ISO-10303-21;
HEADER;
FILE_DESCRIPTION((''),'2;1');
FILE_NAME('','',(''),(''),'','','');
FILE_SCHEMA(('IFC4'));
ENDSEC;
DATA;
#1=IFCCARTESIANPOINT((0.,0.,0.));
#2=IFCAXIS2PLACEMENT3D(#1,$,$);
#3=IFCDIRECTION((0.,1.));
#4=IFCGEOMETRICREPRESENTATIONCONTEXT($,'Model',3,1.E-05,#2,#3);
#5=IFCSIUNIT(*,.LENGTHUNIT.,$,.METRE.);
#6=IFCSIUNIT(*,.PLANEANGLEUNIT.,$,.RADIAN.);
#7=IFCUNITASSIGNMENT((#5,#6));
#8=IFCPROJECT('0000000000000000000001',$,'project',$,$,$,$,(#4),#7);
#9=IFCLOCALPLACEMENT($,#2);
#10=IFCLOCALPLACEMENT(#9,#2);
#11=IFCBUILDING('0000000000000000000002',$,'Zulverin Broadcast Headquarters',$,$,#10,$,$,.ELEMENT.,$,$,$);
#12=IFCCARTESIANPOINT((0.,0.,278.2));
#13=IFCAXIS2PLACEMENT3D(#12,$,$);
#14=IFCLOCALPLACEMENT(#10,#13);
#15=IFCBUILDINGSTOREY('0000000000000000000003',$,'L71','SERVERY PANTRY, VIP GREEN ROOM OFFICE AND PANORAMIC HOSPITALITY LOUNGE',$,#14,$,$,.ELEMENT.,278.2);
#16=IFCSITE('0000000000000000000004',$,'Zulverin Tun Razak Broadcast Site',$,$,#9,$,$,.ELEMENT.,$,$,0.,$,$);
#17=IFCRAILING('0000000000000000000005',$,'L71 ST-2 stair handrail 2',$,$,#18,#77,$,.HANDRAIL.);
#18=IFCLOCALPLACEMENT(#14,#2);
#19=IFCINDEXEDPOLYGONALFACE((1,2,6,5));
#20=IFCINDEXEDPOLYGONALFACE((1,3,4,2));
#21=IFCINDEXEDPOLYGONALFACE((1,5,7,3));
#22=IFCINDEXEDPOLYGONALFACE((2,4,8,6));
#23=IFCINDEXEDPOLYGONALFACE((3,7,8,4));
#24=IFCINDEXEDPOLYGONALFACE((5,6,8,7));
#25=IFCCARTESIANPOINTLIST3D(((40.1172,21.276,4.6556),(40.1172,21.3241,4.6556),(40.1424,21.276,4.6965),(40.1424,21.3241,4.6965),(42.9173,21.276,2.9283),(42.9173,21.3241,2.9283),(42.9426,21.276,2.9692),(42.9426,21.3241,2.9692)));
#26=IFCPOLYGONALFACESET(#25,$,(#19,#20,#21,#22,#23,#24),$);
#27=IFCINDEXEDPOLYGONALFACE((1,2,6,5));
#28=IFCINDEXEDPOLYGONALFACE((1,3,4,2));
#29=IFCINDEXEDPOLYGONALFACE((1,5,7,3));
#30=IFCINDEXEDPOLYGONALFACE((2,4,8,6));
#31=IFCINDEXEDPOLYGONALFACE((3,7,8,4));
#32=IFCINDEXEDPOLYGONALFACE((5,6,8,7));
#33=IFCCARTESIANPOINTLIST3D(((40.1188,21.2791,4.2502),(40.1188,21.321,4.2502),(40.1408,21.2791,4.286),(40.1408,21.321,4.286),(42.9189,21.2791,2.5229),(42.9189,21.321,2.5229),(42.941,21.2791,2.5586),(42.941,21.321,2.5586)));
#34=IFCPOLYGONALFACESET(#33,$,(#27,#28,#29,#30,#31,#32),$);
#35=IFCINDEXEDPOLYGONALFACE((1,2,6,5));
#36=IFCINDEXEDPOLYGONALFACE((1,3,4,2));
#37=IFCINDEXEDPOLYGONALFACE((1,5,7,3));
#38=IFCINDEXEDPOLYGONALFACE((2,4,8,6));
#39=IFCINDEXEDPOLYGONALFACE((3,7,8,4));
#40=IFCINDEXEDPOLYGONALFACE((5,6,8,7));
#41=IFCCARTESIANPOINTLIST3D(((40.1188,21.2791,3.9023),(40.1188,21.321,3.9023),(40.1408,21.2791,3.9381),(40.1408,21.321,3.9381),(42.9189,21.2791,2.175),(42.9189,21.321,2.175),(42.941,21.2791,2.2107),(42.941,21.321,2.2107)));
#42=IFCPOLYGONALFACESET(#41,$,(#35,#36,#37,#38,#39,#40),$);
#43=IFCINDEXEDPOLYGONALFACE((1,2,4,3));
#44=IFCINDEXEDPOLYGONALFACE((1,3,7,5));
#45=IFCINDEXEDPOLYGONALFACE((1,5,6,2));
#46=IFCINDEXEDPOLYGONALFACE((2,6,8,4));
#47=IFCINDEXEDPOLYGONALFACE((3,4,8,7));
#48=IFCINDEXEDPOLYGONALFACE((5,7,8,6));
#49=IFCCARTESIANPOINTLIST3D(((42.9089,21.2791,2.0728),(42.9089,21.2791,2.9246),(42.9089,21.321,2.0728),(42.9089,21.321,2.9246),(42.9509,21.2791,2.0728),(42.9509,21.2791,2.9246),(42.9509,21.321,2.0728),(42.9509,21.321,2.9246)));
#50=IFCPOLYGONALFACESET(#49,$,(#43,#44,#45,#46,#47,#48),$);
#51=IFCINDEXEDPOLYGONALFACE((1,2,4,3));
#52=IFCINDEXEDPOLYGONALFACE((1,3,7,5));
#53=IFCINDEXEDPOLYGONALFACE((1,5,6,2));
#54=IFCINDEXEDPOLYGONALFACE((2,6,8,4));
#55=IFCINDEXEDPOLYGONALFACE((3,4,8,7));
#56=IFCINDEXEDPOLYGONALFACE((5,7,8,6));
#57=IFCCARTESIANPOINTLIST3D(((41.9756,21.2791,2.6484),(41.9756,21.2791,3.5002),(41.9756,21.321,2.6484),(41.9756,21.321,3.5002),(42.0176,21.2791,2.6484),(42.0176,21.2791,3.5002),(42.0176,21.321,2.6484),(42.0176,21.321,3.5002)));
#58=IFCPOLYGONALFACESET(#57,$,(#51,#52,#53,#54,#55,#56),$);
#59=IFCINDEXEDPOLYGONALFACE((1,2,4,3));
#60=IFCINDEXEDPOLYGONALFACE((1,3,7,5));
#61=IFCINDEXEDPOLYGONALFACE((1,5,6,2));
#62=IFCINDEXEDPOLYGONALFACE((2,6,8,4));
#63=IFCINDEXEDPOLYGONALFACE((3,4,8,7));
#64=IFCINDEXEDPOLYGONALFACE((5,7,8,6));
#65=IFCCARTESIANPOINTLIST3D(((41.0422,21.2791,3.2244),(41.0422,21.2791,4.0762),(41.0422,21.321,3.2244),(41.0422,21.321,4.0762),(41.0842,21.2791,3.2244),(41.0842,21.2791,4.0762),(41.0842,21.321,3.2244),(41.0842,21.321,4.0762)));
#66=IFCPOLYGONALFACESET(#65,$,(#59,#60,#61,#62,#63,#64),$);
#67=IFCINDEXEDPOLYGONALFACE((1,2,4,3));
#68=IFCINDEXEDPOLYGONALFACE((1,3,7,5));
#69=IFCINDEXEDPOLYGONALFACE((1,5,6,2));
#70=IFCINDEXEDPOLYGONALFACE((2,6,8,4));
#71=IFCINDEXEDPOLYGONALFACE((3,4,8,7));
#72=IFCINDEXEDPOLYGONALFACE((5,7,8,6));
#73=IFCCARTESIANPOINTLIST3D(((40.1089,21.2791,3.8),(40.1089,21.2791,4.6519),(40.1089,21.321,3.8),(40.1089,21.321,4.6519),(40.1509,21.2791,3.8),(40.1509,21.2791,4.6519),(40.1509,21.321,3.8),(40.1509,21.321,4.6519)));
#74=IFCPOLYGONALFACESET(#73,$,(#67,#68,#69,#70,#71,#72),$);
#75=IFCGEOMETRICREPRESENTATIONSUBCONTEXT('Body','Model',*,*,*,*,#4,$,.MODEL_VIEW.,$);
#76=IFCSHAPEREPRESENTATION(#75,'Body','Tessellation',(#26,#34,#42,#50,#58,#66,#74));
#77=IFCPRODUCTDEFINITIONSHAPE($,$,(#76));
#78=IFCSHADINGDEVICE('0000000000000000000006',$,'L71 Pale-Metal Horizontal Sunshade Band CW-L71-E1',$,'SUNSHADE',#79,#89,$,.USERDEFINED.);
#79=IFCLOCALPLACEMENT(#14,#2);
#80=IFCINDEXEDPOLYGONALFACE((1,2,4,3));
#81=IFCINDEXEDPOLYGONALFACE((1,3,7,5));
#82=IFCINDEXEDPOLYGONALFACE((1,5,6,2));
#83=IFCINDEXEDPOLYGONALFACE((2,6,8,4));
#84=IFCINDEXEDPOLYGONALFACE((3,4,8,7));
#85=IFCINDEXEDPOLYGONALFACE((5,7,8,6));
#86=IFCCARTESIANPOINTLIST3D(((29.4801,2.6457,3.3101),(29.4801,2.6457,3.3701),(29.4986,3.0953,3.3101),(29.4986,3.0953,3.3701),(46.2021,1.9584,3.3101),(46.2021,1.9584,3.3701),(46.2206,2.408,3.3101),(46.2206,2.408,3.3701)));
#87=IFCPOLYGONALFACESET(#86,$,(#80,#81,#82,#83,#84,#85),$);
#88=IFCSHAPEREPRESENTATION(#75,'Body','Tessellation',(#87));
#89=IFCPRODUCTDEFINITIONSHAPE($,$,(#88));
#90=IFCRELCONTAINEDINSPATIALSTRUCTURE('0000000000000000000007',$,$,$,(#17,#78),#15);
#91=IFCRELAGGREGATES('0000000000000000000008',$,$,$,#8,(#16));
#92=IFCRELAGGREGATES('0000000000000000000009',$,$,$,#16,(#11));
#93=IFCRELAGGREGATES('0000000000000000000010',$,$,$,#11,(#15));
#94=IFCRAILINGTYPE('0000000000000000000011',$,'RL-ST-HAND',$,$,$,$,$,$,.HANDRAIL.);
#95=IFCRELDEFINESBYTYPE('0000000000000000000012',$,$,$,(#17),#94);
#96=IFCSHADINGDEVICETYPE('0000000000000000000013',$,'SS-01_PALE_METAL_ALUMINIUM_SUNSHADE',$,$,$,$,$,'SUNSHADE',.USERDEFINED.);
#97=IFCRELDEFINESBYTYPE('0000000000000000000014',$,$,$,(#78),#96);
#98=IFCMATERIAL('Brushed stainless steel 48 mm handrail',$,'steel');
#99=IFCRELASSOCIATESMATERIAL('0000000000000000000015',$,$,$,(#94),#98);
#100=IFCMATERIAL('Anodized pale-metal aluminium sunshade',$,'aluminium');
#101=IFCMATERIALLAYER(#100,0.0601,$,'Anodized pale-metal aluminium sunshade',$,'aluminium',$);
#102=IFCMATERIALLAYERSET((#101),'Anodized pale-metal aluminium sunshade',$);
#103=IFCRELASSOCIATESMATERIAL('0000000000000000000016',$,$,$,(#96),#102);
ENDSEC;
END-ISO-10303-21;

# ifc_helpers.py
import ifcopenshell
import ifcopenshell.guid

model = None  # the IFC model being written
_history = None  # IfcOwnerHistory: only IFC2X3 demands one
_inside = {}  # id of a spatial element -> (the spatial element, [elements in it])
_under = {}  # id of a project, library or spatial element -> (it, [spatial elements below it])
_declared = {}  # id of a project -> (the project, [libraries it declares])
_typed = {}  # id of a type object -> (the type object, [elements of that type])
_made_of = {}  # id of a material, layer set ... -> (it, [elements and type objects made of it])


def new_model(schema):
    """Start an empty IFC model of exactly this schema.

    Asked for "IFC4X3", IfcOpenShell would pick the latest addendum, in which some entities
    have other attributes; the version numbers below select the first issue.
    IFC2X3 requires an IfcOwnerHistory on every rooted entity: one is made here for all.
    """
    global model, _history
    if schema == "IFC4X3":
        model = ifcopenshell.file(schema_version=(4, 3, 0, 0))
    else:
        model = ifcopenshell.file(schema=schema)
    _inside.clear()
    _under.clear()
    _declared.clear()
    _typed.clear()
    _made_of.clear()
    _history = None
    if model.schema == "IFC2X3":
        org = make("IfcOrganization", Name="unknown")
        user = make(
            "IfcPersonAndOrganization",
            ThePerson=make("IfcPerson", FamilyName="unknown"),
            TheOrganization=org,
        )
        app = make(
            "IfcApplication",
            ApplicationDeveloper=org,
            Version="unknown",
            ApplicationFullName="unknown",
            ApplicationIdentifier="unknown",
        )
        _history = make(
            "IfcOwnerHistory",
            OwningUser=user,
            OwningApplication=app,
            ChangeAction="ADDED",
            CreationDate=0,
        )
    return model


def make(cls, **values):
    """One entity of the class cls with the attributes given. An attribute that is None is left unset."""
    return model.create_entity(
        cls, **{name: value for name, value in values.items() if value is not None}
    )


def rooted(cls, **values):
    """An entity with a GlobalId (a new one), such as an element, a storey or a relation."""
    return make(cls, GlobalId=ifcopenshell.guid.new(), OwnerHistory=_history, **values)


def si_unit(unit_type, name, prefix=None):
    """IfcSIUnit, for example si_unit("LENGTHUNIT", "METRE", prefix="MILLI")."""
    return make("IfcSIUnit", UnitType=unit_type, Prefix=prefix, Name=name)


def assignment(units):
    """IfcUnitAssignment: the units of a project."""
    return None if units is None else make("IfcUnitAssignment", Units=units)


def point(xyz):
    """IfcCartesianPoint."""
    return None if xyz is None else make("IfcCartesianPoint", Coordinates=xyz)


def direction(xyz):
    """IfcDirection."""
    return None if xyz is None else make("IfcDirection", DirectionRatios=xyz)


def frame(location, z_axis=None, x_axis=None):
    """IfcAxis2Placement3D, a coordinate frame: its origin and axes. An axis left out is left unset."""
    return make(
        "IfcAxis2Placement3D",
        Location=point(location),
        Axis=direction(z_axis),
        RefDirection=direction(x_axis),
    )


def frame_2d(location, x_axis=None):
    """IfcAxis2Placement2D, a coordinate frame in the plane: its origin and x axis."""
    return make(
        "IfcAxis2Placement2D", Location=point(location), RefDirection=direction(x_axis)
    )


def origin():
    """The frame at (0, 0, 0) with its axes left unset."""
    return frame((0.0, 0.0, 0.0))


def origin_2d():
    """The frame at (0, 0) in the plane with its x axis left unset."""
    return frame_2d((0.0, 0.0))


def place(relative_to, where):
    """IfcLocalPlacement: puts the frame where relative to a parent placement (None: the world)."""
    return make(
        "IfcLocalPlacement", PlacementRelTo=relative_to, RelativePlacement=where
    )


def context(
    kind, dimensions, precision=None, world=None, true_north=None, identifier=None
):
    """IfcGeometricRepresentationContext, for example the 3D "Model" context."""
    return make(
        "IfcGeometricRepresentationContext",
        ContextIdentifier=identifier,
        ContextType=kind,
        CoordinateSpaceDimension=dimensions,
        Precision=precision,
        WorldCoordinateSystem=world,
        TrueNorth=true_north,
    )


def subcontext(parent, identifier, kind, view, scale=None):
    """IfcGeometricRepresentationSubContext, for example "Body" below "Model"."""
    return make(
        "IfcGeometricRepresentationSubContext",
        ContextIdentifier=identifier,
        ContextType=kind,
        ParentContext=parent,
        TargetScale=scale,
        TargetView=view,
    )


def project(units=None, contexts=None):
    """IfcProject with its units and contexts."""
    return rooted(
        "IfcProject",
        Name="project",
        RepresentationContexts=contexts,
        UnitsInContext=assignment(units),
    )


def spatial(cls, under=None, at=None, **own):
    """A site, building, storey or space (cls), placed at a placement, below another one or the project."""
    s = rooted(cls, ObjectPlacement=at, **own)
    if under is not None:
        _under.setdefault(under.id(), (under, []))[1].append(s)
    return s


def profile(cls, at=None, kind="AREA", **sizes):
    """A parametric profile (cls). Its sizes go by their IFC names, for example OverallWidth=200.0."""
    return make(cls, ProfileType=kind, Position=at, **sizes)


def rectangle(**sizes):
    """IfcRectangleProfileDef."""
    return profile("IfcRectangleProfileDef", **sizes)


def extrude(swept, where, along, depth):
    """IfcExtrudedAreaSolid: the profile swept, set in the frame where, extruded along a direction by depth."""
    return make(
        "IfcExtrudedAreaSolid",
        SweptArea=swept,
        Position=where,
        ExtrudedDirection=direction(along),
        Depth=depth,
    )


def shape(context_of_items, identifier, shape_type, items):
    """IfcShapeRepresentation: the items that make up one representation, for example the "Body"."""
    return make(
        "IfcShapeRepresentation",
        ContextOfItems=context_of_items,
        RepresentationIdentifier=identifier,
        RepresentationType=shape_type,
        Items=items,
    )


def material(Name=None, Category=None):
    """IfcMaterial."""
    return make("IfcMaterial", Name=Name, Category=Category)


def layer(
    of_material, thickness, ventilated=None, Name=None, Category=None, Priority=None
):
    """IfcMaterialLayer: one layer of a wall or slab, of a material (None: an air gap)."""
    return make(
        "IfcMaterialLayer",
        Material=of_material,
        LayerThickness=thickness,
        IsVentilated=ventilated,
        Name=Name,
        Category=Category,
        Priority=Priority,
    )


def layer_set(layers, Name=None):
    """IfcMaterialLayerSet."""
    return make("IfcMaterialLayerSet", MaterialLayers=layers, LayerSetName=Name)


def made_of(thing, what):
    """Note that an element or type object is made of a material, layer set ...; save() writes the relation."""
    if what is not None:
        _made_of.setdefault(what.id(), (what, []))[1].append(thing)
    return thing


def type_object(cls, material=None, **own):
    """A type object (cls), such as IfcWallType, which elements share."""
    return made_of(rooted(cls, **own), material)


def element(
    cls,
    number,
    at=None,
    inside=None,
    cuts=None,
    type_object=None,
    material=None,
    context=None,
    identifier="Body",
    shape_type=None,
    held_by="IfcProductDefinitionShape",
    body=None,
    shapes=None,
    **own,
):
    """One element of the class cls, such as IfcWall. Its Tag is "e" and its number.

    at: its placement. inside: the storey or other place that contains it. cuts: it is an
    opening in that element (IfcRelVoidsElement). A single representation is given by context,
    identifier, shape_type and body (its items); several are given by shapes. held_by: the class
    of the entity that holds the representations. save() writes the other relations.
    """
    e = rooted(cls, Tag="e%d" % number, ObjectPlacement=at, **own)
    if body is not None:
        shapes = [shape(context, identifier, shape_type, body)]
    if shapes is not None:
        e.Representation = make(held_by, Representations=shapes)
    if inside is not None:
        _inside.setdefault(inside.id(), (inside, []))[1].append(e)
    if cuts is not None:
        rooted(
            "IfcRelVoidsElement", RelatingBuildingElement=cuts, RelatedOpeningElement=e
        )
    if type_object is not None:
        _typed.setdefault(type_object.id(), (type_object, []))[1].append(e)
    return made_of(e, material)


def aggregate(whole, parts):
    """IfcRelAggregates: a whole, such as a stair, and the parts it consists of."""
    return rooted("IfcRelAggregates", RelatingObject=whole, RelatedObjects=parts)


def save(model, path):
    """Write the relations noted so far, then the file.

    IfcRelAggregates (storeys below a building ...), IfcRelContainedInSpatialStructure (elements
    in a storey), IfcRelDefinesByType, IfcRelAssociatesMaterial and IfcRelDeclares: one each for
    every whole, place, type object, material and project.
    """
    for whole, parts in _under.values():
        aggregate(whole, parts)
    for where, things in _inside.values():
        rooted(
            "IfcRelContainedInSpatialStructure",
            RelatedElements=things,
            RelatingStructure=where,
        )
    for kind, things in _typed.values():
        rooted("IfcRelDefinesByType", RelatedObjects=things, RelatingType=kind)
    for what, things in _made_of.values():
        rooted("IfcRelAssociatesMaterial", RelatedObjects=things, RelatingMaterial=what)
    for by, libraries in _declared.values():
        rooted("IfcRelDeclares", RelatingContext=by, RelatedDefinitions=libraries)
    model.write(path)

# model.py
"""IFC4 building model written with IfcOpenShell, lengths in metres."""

from ifc_helpers import new_model, si_unit, direction, frame, origin, origin_2d, place, context, subcontext, project, spatial, rectangle, extrude, material, layer, layer_set, type_object, element, save


model = new_model("IFC4")

# Units and contexts
model_context = context("Model", 3, precision=1e-05, world=origin(), true_north=direction((0.0, 1.0)))
body_context = subcontext(model_context, "Body", "Model", "MODEL_VIEW")
ifc_project = project(units=[si_unit("LENGTHUNIT", "METRE"), si_unit("PLANEANGLEUNIT", "RADIAN")], contexts=[model_context])

# Site, building, storey
site_placement = place(None, origin())
site = spatial("IfcSite", under=ifc_project, at=site_placement, Name="Zulverin Tun Razak Broadcast Site", CompositionType="ELEMENT", RefElevation=0.0)
building_placement = place(site_placement, origin())
building = spatial("IfcBuilding", under=site, at=building_placement, Name="Zulverin Broadcast Headquarters", CompositionType="ELEMENT")
storey_placement = place(building_placement, frame((0.0, 0.0, 278.2)))
storey = spatial("IfcBuildingStorey", under=building, at=storey_placement, Name="L71", Description="SERVERY PANTRY, VIP GREEN ROOM OFFICE AND PANORAMIC HOSPITALITY LOUNGE", CompositionType="ELEMENT", Elevation=278.2)

# Railing
ifc_material_1 = material(Name="Brushed stainless steel 48 mm handrail", Category="steel")
railing_type_1 = type_object("IfcRailingType", Name="RL-ST-HAND", PredefinedType="HANDRAIL", material=ifc_material_1)
railing_1_placement = place(storey_placement, frame((42.9299, 21.3, 2.0728)))
element("IfcRailing", 1, at=railing_1_placement, inside=storey, type_object=railing_type_1, Name="L71 ST-2 stair handrail 2", PredefinedType="HANDRAIL", context=body_context, shape_type="SweptSolid", body=[
    extrude(rectangle(XDim=0.0481, YDim=0.0481, at=origin_2d()), frame((0.0, 0.0, 0.876), z_axis=(-0.85109, 0.0, 0.52502), x_axis=(0.0, -1.0, 0.0)), (0.0, 0.0, 1.0), 3.29),
    extrude(rectangle(XDim=0.042, YDim=0.042, at=origin_2d()), frame((0.0, 0.0, 0.468), z_axis=(-0.85109, 0.0, 0.52502), x_axis=(0.0, -1.0, 0.0)), (0.0, 0.0, 1.0), 3.29),
    extrude(rectangle(XDim=0.042, YDim=0.042, at=origin_2d()), frame((0.0, 0.0, 0.1201), z_axis=(-0.85109, 0.0, 0.52502), x_axis=(0.0, -1.0, 0.0)), (0.0, 0.0, 1.0), 3.29),
    extrude(rectangle(XDim=0.042, YDim=0.042, at=origin_2d()), origin(), (0.0, 0.0, 1.0), 0.8518),
    extrude(rectangle(XDim=0.042, YDim=0.042, at=origin_2d()), frame((-0.9333, 0.0, 0.5757)), (0.0, 0.0, 1.0), 0.8518),
    extrude(rectangle(XDim=0.042, YDim=0.042, at=origin_2d()), frame((-1.8667, 0.0, 1.1516)), (0.0, 0.0, 1.0), 0.8518),
    extrude(rectangle(XDim=0.042, YDim=0.042, at=origin_2d()), frame((-2.8, 0.0, 1.7273)), (0.0, 0.0, 1.0), 0.8518),
])

# Shading device
ifc_material_2 = material(Name="Anodized pale-metal aluminium sunshade", Category="aluminium")
ifc_layer_1 = layer(ifc_material_2, 0.0601, Name="Anodized pale-metal aluminium sunshade", Category="aluminium")
ifc_layer_set_1 = layer_set([ifc_layer_1], Name="Anodized pale-metal aluminium sunshade")
shading_device_type = type_object("IfcShadingDeviceType", Name="SS-01_PALE_METAL_ALUMINIUM_SUNSHADE", ElementType="SUNSHADE", PredefinedType="USERDEFINED", material=ifc_layer_set_1)
shading_device_placement = place(storey_placement, frame((37.8503, 2.5269, 3.3101), z_axis=(0.0, 0.0, 1.0), x_axis=(0.999156, -0.04107, 0.0)))
element("IfcShadingDevice", 2, at=shading_device_placement, inside=storey, type_object=shading_device_type, Name="L71 Pale-Metal Horizontal Sunshade Band CW-L71-E1", ObjectType="SUNSHADE", PredefinedType="USERDEFINED", context=body_context, shape_type="SweptSolid", body=[
    extrude(rectangle(XDim=16.7361, YDim=0.45, at=origin_2d()), origin(), (0.0, 0.0, 1.0), 0.0601),
])

save(model, "model.ifc")
